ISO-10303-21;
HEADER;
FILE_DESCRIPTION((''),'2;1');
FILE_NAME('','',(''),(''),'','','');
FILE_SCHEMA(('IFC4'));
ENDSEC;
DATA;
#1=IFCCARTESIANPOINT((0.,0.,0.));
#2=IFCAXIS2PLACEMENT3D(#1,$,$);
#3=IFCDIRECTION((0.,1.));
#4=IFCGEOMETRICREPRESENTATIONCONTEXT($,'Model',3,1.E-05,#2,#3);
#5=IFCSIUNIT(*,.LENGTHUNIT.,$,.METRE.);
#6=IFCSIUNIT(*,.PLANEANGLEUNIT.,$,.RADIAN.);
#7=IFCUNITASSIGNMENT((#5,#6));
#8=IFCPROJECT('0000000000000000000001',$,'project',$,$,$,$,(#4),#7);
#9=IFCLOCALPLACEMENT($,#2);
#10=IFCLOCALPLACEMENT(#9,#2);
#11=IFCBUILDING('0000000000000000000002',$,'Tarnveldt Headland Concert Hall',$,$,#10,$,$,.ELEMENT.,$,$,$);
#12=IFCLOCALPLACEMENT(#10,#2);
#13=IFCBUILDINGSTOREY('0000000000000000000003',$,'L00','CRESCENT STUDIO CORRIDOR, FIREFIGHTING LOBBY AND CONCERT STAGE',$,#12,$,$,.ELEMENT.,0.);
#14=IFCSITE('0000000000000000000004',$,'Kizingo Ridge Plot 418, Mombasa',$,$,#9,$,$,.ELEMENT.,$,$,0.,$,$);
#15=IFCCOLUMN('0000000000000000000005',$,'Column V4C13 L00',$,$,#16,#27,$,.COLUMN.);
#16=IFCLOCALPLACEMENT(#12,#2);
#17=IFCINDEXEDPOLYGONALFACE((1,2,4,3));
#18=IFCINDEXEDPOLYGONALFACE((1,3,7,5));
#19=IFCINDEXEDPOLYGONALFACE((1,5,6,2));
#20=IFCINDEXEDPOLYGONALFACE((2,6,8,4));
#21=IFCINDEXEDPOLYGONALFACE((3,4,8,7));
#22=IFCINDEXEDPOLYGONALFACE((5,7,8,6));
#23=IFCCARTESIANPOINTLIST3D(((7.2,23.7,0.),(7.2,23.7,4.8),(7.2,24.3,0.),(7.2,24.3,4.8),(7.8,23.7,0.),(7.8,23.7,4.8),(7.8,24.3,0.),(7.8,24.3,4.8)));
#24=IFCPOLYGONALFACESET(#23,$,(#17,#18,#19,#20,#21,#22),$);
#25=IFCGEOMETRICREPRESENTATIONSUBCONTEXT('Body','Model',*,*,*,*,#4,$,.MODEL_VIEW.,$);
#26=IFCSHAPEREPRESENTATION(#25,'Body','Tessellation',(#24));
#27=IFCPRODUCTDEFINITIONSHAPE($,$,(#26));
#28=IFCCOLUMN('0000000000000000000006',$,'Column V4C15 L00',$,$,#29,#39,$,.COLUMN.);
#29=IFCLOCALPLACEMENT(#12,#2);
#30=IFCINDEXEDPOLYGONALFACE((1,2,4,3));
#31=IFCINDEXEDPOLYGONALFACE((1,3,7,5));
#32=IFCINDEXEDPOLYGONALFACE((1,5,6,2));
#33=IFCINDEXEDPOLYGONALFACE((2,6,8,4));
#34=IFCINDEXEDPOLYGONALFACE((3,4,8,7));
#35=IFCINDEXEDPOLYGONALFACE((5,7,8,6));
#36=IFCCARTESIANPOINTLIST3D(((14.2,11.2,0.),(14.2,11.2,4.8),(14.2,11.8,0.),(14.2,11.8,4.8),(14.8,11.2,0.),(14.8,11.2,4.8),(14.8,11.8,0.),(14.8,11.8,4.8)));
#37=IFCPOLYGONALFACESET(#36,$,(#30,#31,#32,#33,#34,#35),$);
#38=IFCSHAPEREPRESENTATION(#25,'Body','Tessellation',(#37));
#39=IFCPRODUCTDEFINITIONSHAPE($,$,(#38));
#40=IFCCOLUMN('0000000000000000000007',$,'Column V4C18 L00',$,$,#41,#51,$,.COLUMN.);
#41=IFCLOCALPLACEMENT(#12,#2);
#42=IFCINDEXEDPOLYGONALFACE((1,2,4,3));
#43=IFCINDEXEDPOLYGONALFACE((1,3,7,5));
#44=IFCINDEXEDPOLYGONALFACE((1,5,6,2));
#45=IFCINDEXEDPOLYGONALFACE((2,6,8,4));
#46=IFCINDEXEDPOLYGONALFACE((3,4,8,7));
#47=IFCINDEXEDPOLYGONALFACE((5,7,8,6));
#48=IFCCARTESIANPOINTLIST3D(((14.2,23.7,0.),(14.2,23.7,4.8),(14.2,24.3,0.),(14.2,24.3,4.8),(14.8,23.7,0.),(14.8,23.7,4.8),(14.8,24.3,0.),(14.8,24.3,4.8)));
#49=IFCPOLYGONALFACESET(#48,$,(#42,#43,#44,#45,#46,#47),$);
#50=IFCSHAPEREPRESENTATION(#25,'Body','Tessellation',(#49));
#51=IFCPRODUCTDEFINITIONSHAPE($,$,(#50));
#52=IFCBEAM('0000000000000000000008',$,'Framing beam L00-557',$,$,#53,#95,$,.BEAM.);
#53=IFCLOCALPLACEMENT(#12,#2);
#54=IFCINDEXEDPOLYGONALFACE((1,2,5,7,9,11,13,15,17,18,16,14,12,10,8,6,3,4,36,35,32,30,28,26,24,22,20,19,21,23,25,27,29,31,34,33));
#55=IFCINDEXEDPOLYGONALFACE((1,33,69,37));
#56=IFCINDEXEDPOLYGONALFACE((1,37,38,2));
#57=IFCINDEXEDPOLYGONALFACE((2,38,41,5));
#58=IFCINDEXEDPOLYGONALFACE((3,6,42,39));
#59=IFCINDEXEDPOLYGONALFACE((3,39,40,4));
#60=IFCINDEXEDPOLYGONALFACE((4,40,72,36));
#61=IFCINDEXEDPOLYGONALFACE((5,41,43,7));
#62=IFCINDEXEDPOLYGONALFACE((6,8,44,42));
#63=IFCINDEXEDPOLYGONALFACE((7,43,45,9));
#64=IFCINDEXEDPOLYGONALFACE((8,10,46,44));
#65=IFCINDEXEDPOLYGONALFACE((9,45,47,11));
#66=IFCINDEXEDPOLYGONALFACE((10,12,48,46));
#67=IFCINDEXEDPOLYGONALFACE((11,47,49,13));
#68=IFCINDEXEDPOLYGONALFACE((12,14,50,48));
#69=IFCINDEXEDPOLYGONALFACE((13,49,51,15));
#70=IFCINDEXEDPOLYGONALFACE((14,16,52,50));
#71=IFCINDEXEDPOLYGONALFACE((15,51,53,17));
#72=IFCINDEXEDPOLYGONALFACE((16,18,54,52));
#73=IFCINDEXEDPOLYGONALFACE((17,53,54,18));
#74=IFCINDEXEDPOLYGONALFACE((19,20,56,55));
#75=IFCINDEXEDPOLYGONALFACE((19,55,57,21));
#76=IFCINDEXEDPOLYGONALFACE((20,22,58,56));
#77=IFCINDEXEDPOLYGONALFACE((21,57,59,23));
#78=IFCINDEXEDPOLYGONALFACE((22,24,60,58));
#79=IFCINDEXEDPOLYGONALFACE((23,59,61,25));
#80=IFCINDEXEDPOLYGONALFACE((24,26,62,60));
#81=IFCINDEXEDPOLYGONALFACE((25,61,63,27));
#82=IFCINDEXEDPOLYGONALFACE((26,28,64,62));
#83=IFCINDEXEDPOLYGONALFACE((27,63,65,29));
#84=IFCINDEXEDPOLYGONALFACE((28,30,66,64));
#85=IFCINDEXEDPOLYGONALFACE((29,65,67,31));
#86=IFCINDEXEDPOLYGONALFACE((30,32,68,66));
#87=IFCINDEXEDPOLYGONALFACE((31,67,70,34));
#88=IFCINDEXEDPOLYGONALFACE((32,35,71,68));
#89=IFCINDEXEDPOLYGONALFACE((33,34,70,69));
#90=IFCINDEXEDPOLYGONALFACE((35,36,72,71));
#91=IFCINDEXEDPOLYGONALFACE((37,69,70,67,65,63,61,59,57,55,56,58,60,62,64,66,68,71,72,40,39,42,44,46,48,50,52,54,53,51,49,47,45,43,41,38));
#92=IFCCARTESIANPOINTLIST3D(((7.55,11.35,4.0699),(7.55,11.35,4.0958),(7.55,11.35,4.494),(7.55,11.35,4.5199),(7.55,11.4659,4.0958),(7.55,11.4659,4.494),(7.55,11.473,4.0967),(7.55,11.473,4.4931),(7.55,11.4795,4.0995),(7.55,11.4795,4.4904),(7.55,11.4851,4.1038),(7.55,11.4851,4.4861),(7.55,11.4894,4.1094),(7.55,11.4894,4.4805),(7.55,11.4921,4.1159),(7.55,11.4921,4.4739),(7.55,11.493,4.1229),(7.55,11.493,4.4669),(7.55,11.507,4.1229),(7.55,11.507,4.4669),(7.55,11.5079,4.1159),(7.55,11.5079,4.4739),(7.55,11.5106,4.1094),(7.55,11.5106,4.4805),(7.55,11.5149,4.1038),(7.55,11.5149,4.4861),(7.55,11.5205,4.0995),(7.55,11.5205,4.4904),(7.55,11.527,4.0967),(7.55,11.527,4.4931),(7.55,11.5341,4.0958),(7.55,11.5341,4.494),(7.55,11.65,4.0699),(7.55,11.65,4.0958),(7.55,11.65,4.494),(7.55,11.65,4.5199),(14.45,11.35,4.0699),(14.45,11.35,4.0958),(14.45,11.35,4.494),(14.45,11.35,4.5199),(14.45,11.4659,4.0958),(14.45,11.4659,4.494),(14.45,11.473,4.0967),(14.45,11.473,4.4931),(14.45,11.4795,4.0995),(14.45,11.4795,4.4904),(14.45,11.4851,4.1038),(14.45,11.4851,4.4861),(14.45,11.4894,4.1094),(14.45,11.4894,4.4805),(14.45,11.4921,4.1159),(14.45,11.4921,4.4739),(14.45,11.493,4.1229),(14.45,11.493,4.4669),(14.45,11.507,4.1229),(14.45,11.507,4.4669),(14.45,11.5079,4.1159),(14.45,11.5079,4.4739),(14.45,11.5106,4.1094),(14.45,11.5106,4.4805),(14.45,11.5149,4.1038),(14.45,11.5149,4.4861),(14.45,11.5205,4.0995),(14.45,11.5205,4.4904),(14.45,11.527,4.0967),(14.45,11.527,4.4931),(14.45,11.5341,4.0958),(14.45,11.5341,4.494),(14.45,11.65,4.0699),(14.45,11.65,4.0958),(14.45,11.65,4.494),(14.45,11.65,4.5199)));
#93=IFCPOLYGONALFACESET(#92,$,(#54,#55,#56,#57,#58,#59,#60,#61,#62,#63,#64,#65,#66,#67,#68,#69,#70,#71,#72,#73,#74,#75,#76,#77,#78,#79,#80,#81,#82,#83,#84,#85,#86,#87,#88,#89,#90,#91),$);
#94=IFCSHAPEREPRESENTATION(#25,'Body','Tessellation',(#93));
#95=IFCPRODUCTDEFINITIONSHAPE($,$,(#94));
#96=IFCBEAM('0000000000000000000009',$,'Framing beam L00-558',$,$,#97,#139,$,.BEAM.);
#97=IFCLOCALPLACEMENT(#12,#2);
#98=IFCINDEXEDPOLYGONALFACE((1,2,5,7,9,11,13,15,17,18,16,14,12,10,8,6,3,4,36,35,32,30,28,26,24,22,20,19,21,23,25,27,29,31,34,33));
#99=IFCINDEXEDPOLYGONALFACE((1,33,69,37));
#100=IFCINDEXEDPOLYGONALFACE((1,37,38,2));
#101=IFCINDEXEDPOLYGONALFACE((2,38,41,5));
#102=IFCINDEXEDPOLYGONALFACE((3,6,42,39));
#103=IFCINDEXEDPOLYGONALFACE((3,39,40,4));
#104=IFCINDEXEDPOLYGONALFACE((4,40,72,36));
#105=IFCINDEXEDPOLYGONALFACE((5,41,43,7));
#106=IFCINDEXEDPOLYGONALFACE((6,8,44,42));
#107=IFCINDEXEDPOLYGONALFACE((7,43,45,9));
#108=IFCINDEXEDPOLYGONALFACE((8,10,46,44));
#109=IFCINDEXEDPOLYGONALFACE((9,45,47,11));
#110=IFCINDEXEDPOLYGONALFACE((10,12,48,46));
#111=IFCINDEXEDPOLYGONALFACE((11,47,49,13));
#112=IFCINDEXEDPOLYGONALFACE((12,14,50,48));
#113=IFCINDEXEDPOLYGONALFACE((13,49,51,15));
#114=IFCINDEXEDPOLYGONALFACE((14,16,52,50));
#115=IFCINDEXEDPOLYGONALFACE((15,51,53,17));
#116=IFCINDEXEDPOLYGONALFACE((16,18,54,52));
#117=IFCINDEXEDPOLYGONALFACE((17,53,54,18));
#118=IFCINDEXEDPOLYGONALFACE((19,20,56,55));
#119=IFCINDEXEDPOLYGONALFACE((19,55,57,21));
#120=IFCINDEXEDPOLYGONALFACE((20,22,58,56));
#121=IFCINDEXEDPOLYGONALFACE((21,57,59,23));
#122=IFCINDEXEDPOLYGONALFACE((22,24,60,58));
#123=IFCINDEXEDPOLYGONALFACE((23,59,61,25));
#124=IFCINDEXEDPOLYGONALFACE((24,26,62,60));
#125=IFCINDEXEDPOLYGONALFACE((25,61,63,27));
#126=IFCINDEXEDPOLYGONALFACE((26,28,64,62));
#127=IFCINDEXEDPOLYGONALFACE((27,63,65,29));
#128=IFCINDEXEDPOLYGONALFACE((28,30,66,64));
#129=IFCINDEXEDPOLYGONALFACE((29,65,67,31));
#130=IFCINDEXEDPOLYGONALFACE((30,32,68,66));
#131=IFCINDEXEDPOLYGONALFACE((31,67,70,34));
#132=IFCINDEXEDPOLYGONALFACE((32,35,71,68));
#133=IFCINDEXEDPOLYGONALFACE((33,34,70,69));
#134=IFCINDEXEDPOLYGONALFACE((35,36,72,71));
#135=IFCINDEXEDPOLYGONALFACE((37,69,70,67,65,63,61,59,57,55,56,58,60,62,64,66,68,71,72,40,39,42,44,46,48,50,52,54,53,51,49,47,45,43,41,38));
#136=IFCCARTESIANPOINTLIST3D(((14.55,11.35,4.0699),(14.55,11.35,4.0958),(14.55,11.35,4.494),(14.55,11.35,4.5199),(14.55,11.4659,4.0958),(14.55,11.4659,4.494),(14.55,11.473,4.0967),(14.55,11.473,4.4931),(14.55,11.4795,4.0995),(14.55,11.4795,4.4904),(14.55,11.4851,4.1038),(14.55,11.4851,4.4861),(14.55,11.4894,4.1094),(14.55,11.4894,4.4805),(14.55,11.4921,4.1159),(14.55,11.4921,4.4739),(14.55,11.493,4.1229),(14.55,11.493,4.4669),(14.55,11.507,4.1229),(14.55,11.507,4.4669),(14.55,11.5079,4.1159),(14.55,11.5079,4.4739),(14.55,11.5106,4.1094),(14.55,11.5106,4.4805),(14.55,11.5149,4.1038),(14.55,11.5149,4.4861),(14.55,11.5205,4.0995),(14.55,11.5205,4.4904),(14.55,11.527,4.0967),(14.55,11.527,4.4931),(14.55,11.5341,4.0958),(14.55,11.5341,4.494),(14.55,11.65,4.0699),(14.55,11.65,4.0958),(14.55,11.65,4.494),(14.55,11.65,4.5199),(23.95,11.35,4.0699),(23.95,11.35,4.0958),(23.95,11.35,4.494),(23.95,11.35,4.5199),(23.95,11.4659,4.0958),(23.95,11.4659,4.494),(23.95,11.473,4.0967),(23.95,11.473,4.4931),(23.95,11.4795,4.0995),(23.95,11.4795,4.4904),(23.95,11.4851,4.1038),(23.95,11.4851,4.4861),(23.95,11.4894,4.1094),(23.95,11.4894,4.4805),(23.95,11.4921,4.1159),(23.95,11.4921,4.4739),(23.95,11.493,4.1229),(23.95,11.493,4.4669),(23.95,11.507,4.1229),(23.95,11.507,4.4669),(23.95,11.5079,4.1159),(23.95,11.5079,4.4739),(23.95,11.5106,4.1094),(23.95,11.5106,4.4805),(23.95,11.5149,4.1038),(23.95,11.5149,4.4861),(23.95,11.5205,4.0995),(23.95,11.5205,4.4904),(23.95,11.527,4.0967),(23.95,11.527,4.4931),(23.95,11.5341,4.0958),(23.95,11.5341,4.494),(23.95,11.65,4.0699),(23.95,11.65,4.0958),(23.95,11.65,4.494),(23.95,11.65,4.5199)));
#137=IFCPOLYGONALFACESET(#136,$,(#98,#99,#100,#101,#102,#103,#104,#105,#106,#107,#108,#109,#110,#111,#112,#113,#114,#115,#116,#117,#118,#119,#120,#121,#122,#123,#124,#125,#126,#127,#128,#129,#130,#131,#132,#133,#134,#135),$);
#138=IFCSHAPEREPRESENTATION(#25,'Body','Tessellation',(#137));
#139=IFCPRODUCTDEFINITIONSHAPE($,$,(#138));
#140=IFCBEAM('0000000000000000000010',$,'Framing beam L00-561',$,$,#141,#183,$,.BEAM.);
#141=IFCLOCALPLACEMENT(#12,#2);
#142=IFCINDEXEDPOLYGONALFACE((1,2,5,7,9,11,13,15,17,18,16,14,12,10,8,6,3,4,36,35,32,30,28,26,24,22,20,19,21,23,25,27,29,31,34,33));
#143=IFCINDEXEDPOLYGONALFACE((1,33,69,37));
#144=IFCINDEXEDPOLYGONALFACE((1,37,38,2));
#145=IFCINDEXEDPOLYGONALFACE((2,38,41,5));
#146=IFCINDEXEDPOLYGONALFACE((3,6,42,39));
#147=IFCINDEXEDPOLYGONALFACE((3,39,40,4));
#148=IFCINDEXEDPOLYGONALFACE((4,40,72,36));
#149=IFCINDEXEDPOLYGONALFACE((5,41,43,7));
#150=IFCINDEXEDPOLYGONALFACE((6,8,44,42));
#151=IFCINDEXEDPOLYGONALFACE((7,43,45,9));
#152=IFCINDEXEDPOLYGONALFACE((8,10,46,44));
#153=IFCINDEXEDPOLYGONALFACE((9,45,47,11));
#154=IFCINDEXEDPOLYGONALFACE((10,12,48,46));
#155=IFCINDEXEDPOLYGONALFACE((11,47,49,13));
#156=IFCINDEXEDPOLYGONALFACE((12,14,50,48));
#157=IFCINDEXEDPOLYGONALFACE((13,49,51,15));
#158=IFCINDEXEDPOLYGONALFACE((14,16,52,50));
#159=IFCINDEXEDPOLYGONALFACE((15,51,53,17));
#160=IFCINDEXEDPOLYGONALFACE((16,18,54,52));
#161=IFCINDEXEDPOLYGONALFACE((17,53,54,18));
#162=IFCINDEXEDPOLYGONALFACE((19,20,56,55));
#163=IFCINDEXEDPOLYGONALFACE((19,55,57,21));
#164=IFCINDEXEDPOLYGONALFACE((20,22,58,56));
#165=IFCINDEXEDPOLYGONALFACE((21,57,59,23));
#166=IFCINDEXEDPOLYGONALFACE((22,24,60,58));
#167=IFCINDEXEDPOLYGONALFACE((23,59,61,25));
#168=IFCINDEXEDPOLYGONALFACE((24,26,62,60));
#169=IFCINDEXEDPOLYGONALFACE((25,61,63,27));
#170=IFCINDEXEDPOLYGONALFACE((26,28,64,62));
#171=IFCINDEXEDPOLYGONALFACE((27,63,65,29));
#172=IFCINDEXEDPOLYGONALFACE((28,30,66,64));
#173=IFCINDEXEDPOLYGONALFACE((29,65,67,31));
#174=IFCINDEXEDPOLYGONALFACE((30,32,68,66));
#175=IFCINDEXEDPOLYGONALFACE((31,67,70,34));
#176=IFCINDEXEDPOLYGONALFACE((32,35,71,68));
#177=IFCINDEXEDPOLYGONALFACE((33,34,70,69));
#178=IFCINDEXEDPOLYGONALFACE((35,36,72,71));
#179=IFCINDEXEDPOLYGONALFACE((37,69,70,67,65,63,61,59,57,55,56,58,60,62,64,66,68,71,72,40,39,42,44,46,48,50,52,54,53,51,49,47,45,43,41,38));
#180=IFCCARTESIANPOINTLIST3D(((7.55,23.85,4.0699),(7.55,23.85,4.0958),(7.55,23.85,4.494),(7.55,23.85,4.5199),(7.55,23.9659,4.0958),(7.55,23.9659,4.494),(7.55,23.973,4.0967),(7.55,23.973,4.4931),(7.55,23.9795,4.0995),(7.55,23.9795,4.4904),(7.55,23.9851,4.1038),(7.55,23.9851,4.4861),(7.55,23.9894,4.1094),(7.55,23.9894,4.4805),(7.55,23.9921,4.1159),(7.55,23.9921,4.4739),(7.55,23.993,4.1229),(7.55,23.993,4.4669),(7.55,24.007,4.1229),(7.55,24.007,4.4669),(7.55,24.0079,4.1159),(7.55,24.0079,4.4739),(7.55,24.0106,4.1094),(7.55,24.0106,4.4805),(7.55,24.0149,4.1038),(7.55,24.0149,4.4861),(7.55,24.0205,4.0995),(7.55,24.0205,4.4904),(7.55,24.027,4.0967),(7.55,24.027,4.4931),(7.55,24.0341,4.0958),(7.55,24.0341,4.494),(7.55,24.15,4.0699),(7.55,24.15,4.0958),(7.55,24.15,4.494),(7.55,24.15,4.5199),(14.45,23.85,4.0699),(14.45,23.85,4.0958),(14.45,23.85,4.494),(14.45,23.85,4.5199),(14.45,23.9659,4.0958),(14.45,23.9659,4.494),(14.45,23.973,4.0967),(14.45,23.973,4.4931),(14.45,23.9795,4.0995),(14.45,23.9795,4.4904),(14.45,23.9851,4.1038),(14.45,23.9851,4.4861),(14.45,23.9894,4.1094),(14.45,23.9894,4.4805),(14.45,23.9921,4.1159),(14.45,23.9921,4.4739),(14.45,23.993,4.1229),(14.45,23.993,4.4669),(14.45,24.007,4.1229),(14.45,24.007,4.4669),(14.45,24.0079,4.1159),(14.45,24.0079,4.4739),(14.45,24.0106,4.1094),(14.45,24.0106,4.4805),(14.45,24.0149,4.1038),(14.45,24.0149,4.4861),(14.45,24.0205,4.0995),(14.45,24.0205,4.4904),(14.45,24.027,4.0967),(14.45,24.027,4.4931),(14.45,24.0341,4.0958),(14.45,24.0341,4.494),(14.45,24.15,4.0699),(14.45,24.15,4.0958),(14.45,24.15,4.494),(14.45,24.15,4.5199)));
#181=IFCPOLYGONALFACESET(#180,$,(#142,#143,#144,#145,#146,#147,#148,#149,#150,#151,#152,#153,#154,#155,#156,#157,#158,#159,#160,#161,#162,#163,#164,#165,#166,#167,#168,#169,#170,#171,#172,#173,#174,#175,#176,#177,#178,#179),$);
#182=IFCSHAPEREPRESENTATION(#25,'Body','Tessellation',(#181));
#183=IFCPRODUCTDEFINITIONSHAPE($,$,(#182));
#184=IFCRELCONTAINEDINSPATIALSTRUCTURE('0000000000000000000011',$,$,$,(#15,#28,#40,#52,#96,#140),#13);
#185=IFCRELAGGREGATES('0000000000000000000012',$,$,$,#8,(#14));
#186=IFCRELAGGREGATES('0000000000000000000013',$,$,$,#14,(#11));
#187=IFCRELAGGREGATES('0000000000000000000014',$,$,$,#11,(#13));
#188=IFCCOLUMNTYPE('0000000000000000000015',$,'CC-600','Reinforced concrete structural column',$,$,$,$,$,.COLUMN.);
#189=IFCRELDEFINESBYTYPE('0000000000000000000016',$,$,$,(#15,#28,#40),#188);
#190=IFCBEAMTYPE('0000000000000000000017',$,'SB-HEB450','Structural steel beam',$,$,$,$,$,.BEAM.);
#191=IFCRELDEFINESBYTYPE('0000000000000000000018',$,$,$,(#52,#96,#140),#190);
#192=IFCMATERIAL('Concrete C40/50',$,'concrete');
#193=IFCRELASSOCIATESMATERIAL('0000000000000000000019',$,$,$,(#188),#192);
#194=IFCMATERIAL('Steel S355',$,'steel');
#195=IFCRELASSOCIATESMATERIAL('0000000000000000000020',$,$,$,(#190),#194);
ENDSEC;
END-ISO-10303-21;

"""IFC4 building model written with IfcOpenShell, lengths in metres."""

from ifc_helpers import new_model, si_unit, direction, frame, origin, origin_2d, place, context, subcontext, project, spatial, rectangle, i_section, extrude, material, material_profile, profile_set, type_object, element, save


model = new_model("IFC4")

# Units and contexts
model_context = context("Model", 3, precision=1e-05, world=origin(), true_north=direction((0.0, 1.0)))
body_context = subcontext(model_context, "Body", "Model", "MODEL_VIEW")
ifc_project = project(units=[si_unit("LENGTHUNIT", "METRE"), si_unit("PLANEANGLEUNIT", "RADIAN")], contexts=[model_context])

# Site, building, storey
site_placement = place(None, origin())
site = spatial("IfcSite", under=ifc_project, at=site_placement, Name="Kizingo Ridge Plot 418, Mombasa", CompositionType="ELEMENT", RefElevation=0.0)
building_placement = place(site_placement, origin())
building = spatial("IfcBuilding", under=site, at=building_placement, Name="Tarnveldt Headland Concert Hall", CompositionType="ELEMENT")
storey_placement = place(building_placement, origin())
storey = spatial("IfcBuildingStorey", under=building, at=storey_placement, Name="L00", Description="CRESCENT STUDIO CORRIDOR, FIREFIGHTING LOBBY AND CONCERT STAGE", CompositionType="ELEMENT", Elevation=0.0)

# Columns
ifc_material_1 = material(Name="Concrete C40/50", Category="concrete")
ifc_material_profile_1 = material_profile(ifc_material_1, rectangle(XDim=0.6001, YDim=0.6001, at=origin_2d()), Name="RC 600x600", Category="concrete")
ifc_profile_set_1 = profile_set([ifc_material_profile_1], Name="Concrete C40/50")
column_type = type_object("IfcColumnType", Name="CC-600", Description="Reinforced concrete structural column", PredefinedType="COLUMN", material=ifc_profile_set_1)
for number, where, z_axis, x_axis, name in (
    (1, (7.5, 24.0, 0.0), (0.0, 0.0, 1.0), (1.0, 0.0, 0.0), "Column V4C13 L00"),
    (2, (14.5, 11.5, 0.0), (0.0, 0.0, 1.0), (1.0, 0.0, 0.0), "Column V4C15 L00"),
    (3, (14.5, 24.0, 0.0), (0.0, 0.0, 1.0), (1.0, 0.0, 0.0), "Column V4C18 L00"),
):
    element("IfcColumn", number, at=place(storey_placement, frame(where, z_axis=z_axis, x_axis=x_axis)), inside=storey, type_object=column_type, Name=name, PredefinedType="COLUMN", context=body_context, shape_type="SweptSolid", body=[
        extrude(rectangle(XDim=0.6001, YDim=0.6001, at=origin_2d()), origin(), (0.0, 0.0, 1.0), 4.8),
    ])

# Beams
ifc_material_2 = material(Name="Steel S355", Category="steel")
ifc_material_profile_2 = material_profile(ifc_material_2, i_section(OverallWidth=0.3, OverallDepth=0.45, WebThickness=0.0139, FlangeThickness=0.0259, FilletRadius=0.0271, at=origin_2d()), Name="HEB450", Category="steel")
ifc_profile_set_2 = profile_set([ifc_material_profile_2], Name="Steel S355")
beam_type_1 = type_object("IfcBeamType", Name="SB-HEB450", Description="Structural steel beam", PredefinedType="BEAM", material=ifc_profile_set_2)
beam_1_placement = place(storey_placement, frame((7.55, 11.5, 4.2949), z_axis=(1.0, 0.0, 0.0), x_axis=(0.0, 1.0, 0.0)))
element("IfcBeam", 4, at=beam_1_placement, inside=storey, type_object=beam_type_1, Name="Framing beam L00-557", PredefinedType="BEAM", context=body_context, shape_type="SweptSolid", body=[
    extrude(i_section(OverallWidth=0.3, OverallDepth=0.45, WebThickness=0.0139, FlangeThickness=0.0259, FilletRadius=0.0271, at=origin_2d()), origin(), (0.0, 0.0, 1.0), 6.8999),
])
beam_2_placement = place(storey_placement, frame((14.55, 11.5, 4.2949), z_axis=(1.0, 0.0, 0.0), x_axis=(0.0, 1.0, 0.0)))
element("IfcBeam", 5, at=beam_2_placement, inside=storey, type_object=beam_type_1, Name="Framing beam L00-558", PredefinedType="BEAM", context=body_context, shape_type="SweptSolid", body=[
    extrude(i_section(OverallWidth=0.3, OverallDepth=0.45, WebThickness=0.0139, FlangeThickness=0.0259, FilletRadius=0.0271, at=origin_2d()), origin(), (0.0, 0.0, 1.0), 9.3999),
])
beam_3_placement = place(storey_placement, frame((7.55, 24.0, 4.2949), z_axis=(1.0, 0.0, 0.0), x_axis=(0.0, 1.0, 0.0)))
element("IfcBeam", 6, at=beam_3_placement, inside=storey, type_object=beam_type_1, Name="Framing beam L00-561", PredefinedType="BEAM", context=body_context, shape_type="SweptSolid", body=[
    extrude(i_section(OverallWidth=0.3, OverallDepth=0.45, WebThickness=0.0139, FlangeThickness=0.0259, FilletRadius=0.0271, at=origin_2d()), origin(), (0.0, 0.0, 1.0), 6.8999),
])

save(model, "model.ifc")
